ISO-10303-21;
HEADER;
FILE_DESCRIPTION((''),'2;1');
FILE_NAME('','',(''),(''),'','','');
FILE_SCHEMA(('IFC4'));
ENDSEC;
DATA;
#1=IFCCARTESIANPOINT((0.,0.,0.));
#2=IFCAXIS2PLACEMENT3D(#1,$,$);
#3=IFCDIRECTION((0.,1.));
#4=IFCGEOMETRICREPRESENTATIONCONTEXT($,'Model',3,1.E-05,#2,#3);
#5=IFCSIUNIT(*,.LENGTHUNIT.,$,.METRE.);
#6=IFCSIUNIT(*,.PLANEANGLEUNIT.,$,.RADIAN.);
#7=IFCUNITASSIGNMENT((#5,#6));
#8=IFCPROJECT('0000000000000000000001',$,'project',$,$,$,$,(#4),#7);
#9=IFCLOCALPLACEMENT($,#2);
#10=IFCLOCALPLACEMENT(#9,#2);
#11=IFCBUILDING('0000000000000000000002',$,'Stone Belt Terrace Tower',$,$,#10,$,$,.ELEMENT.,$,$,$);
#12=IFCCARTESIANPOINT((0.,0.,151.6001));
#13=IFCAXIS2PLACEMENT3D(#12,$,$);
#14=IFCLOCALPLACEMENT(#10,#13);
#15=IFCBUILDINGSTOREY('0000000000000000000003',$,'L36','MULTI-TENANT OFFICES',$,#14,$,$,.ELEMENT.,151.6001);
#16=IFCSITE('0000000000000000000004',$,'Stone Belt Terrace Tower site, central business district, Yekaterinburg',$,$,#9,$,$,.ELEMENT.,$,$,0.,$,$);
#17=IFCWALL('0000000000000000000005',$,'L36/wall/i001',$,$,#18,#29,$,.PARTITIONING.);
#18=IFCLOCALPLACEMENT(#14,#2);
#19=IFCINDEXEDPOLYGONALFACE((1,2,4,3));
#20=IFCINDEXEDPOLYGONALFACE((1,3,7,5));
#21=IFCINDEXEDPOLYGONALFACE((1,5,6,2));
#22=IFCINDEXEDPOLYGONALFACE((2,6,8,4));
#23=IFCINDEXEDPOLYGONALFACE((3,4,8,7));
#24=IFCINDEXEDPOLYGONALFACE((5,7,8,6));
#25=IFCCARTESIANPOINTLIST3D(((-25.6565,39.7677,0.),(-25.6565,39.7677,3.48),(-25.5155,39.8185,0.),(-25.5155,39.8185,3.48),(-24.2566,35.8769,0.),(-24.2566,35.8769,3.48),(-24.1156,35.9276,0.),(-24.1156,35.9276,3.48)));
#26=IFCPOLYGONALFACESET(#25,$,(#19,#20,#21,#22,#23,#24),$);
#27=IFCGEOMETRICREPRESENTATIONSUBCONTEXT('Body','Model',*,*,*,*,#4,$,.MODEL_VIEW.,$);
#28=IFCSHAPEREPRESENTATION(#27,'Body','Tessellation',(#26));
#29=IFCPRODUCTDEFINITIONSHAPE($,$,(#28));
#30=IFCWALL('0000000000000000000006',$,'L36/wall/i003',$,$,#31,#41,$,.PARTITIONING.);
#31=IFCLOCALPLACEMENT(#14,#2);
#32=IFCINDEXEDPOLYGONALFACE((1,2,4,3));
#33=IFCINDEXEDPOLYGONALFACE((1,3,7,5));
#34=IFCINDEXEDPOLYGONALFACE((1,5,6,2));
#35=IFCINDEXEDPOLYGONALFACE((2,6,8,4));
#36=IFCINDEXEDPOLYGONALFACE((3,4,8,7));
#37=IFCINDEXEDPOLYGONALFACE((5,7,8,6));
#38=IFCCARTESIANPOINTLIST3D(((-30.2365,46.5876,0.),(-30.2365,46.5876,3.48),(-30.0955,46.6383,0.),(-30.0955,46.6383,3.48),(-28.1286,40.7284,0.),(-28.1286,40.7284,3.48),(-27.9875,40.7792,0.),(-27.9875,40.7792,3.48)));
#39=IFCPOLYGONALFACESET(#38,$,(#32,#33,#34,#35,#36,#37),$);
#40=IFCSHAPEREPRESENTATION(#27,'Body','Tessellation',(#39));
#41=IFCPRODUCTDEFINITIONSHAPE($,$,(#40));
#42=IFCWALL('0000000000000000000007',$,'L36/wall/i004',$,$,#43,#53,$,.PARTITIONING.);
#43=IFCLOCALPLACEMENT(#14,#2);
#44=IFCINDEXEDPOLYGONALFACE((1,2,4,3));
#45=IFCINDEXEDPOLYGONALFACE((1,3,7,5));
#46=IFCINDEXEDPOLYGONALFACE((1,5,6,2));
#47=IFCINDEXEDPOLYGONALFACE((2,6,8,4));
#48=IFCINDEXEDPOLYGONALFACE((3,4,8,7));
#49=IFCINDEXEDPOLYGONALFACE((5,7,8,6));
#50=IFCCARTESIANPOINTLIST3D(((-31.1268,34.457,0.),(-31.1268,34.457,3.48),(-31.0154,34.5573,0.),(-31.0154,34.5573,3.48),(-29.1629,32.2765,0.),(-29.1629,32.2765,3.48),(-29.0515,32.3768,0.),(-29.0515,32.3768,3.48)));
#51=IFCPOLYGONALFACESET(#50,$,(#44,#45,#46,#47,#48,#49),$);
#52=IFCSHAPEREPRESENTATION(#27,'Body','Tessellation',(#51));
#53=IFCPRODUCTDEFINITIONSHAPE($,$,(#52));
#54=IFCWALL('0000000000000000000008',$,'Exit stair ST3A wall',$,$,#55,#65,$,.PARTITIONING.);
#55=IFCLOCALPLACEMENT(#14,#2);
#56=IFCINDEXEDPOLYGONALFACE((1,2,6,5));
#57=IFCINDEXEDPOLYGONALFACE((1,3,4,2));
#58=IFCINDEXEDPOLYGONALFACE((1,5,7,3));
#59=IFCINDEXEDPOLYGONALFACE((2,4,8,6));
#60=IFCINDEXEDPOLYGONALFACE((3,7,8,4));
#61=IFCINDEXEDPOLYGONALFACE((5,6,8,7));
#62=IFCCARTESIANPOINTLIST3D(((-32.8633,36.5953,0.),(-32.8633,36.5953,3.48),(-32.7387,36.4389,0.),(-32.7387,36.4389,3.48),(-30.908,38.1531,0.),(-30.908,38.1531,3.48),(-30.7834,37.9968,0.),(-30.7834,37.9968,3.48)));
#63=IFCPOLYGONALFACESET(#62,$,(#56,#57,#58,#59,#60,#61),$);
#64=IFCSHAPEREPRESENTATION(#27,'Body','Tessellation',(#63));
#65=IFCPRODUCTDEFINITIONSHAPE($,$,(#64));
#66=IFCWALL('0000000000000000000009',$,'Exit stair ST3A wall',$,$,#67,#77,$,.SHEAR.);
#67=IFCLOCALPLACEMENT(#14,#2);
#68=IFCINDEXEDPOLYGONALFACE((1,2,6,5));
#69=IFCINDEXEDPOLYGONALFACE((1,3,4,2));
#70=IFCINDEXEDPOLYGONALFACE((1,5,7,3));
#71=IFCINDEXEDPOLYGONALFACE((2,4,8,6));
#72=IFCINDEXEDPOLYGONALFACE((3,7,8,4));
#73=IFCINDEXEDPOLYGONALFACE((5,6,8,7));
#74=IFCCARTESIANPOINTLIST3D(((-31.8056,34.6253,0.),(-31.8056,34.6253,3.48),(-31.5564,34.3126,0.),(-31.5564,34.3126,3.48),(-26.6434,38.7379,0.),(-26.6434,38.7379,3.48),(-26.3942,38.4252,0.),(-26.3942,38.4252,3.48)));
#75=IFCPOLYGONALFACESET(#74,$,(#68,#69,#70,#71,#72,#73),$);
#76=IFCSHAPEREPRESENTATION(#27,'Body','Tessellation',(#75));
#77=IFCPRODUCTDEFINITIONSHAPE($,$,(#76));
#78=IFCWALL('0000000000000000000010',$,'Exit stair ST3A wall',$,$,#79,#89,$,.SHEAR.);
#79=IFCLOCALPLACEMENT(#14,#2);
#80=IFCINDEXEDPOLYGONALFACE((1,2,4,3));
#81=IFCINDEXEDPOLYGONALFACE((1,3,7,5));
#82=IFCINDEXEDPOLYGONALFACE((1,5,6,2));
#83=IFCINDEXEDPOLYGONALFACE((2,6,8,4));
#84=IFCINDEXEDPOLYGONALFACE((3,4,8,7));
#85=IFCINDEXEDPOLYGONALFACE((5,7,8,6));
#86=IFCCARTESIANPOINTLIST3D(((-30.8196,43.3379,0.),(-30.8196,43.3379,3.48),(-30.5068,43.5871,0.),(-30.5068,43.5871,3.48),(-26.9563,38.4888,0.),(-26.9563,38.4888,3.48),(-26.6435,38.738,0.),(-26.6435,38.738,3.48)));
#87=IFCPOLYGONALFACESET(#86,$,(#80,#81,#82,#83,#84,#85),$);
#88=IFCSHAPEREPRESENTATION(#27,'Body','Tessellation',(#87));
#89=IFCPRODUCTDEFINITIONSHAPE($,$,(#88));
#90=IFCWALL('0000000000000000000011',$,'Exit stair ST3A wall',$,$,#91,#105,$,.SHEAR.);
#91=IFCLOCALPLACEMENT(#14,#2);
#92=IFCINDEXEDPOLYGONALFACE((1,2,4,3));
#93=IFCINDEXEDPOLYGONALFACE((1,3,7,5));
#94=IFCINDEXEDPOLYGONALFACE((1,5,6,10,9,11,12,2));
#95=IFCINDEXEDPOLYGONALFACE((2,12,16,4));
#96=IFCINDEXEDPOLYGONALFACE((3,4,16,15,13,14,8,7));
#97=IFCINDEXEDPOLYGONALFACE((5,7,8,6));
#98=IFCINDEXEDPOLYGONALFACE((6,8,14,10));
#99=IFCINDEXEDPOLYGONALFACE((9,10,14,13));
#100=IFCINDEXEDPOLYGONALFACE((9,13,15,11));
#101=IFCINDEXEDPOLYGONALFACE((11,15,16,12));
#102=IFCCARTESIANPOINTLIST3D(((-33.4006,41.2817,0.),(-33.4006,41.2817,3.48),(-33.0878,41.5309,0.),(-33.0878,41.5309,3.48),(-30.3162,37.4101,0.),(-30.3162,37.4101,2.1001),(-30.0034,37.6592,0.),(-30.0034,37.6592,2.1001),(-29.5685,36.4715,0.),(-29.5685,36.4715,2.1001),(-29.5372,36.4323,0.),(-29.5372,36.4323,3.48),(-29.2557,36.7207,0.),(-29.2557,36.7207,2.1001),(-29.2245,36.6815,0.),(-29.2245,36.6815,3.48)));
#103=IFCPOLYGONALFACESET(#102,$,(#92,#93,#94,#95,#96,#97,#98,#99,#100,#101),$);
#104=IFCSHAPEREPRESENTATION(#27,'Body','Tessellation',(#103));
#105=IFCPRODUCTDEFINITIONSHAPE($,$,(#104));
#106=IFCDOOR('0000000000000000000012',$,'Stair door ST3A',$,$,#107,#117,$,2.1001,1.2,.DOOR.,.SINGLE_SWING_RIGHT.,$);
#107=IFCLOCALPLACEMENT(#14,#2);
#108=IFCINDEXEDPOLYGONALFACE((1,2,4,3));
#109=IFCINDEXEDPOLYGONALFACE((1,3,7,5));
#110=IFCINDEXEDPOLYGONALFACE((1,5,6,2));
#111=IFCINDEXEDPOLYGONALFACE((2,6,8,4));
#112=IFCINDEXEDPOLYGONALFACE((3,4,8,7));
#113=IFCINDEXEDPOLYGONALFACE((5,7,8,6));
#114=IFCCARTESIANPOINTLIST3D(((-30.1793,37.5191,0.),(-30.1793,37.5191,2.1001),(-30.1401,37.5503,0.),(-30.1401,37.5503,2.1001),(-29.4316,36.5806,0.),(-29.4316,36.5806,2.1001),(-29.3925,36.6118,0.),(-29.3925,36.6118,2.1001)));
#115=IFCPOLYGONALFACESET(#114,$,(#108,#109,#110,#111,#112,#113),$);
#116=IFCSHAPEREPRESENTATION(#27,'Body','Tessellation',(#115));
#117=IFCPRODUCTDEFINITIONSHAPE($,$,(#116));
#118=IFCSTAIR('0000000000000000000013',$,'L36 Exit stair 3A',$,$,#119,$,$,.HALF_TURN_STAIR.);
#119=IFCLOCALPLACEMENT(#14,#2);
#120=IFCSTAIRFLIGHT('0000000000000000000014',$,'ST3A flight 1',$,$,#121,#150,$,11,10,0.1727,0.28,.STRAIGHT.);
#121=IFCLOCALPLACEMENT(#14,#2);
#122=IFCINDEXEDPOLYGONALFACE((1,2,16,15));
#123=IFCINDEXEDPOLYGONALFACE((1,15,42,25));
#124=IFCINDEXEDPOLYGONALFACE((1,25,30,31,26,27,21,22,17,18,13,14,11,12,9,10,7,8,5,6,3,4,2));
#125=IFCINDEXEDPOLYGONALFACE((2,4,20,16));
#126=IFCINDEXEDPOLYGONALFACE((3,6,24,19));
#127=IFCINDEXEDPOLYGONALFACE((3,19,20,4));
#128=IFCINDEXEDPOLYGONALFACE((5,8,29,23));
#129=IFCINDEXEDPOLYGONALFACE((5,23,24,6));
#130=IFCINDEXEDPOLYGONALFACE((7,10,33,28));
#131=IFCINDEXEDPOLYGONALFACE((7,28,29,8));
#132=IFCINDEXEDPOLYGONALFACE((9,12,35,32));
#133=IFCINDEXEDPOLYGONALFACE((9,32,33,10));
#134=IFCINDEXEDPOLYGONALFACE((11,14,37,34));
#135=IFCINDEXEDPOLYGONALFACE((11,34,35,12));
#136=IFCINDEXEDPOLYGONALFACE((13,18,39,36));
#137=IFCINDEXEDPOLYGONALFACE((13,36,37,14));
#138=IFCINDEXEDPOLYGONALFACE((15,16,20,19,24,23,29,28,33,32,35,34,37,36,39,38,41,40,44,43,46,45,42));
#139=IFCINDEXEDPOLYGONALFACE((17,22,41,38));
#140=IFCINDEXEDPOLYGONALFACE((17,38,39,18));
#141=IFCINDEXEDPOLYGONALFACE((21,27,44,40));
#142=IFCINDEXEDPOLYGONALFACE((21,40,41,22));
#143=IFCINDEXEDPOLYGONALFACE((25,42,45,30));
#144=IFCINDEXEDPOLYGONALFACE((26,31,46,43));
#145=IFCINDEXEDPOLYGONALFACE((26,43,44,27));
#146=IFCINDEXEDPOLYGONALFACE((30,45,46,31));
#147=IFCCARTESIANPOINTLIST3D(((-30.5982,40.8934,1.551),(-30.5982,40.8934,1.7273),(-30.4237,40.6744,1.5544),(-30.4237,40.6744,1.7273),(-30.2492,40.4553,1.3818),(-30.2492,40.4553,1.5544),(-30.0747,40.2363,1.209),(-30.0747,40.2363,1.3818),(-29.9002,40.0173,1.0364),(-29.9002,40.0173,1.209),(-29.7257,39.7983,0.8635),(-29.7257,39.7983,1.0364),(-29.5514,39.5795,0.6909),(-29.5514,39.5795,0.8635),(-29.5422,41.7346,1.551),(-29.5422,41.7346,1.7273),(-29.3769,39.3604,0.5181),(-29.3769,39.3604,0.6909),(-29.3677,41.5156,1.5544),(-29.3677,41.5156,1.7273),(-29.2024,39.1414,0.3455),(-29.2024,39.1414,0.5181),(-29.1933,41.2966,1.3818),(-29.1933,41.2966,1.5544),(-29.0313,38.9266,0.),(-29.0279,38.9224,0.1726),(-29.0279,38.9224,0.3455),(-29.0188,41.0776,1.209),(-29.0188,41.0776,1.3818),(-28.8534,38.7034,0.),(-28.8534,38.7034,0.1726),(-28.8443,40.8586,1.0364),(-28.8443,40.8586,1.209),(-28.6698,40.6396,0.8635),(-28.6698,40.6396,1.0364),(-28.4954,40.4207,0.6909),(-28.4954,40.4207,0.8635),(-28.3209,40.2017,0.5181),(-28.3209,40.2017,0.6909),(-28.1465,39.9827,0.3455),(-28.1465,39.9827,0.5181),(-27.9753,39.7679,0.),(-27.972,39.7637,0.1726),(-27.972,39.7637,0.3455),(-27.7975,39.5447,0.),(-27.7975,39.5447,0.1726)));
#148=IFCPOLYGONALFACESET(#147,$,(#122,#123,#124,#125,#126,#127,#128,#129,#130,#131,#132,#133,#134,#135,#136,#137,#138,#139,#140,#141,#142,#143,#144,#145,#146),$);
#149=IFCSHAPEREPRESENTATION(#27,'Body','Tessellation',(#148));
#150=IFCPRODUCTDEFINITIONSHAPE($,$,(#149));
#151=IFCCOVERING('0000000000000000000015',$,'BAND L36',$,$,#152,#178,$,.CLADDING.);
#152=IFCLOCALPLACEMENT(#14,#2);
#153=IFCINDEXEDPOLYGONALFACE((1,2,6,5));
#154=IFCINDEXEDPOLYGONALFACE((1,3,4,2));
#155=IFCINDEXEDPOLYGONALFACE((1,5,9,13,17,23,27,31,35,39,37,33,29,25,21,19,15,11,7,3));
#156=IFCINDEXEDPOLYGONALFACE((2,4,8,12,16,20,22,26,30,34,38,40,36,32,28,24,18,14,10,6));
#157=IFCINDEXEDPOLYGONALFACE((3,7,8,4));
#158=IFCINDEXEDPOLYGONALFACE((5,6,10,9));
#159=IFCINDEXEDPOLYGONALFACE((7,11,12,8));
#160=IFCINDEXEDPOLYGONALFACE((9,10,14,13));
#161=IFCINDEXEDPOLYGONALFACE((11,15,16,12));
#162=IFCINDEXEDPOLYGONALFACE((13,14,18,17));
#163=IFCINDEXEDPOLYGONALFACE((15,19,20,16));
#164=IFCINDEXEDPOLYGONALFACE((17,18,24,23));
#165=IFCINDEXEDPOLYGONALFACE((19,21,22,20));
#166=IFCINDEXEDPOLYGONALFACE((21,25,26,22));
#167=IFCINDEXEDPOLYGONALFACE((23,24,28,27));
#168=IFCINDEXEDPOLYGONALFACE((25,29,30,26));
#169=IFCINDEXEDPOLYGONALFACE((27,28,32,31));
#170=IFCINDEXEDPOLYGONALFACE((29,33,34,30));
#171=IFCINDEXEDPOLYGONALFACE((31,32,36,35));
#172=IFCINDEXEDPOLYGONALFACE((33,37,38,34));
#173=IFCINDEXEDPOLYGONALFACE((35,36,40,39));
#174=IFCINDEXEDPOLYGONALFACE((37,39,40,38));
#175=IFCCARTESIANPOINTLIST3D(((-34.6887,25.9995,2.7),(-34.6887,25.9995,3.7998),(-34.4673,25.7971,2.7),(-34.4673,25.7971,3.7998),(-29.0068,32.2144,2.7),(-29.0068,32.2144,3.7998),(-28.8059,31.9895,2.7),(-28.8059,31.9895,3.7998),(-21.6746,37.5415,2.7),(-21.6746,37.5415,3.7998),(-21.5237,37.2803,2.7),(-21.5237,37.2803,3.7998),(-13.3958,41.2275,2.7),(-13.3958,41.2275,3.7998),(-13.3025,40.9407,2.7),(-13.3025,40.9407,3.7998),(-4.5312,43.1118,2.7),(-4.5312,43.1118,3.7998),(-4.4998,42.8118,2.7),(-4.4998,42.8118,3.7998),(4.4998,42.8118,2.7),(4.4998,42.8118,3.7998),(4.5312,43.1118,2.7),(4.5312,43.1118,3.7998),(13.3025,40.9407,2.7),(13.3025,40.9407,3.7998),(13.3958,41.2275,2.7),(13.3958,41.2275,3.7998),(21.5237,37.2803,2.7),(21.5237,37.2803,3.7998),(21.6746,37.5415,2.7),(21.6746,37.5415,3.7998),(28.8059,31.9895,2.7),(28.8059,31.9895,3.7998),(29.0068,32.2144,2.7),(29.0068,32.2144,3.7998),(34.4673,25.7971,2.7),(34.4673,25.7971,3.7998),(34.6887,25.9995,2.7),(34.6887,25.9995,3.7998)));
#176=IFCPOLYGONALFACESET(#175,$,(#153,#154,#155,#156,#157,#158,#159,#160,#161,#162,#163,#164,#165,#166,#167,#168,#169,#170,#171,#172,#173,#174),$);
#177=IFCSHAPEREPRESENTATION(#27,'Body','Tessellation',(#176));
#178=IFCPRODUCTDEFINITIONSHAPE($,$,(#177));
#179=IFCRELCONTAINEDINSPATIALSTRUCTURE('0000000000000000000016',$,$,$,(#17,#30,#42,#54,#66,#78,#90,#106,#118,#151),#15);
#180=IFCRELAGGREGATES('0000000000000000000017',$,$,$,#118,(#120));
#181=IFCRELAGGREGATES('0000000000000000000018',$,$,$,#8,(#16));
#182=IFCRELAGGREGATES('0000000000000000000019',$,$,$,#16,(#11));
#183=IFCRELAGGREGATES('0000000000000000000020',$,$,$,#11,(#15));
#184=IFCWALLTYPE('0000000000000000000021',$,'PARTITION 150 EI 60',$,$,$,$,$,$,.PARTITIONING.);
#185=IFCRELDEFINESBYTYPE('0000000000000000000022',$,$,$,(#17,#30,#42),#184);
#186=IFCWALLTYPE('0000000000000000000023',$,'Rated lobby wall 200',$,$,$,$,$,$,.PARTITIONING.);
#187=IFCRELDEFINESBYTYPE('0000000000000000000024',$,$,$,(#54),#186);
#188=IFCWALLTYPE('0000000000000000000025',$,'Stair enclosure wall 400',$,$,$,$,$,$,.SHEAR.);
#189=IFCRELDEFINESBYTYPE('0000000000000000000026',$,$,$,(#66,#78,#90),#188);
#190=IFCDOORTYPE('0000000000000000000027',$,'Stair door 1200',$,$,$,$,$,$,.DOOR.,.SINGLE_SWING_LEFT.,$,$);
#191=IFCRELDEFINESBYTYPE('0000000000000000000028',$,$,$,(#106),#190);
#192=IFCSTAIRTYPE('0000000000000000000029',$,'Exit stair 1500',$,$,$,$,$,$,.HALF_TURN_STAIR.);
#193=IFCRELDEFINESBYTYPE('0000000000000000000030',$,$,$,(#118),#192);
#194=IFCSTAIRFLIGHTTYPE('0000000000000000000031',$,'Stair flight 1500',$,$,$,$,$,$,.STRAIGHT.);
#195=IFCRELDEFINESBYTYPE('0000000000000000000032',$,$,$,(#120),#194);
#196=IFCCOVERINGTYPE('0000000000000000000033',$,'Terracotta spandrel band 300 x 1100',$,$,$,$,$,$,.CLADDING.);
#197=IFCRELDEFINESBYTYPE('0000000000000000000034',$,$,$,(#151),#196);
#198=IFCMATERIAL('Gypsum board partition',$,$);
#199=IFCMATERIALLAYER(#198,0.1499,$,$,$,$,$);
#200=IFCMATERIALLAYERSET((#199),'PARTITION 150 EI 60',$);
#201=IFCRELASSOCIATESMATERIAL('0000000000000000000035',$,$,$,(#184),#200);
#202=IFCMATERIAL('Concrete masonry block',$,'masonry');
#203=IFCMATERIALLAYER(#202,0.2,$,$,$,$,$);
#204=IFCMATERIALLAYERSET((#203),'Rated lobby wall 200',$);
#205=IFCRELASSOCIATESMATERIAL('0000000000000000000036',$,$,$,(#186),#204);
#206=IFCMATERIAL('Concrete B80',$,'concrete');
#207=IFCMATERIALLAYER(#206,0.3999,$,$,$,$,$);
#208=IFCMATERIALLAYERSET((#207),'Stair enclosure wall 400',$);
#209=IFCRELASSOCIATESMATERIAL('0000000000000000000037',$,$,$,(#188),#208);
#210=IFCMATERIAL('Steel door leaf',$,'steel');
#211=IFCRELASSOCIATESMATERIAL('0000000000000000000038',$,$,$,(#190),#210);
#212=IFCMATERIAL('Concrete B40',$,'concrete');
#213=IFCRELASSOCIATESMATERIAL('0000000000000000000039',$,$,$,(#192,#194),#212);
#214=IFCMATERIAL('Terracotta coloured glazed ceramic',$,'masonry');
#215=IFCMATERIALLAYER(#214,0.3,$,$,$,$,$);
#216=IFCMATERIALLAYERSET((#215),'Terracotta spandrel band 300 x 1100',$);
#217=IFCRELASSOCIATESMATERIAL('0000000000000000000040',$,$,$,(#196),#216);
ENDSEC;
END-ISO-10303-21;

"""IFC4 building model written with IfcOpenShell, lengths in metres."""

from ifc_helpers import new_model, si_unit, direction, frame, frame_2d, origin, place, context, subcontext, project, spatial, polyline, rectangle, outline, extrude, material, layer, layer_set, type_object, element, fill, aggregate, save


model = new_model("IFC4")

# Units and contexts
model_context = context("Model", 3, precision=1e-05, world=origin(), true_north=direction((0.0, 1.0)))
body_context = subcontext(model_context, "Body", "Model", "MODEL_VIEW")
ifc_project = project(units=[si_unit("LENGTHUNIT", "METRE"), si_unit("PLANEANGLEUNIT", "RADIAN")], contexts=[model_context])

# Site, building, storey
site_placement = place(None, origin())
site = spatial("IfcSite", under=ifc_project, at=site_placement, Name="Stone Belt Terrace Tower site, central business district, Yekaterinburg", CompositionType="ELEMENT", RefElevation=0.0)
building_placement = place(site_placement, origin())
building = spatial("IfcBuilding", under=site, at=building_placement, Name="Stone Belt Terrace Tower", CompositionType="ELEMENT")
storey_placement = place(building_placement, frame((0.0, 0.0, 151.6001)))
storey = spatial("IfcBuildingStorey", under=building, at=storey_placement, Name="L36", Description="MULTI-TENANT OFFICES", CompositionType="ELEMENT", Elevation=151.6001)

# Shared definitions
ifc_material_1 = material(Name="Concrete B80", Category="concrete")

# Shared definitions
ifc_material_2 = material(Name="Concrete B40", Category="concrete")

# Walls
ifc_material_3 = material(Name="Gypsum board partition")
ifc_layer_1 = layer(ifc_material_3, 0.1499)
ifc_layer_set_1 = layer_set([ifc_layer_1], Name="PARTITION 150 EI 60")
wall_type_1 = type_object("IfcWallType", Name="PARTITION 150 EI 60", PredefinedType="PARTITIONING", material=ifc_layer_set_1)
wall_1_placement = place(storey_placement, frame((-25.5859, 39.793, 0.0), z_axis=(0.0, 0.0, 1.0), x_axis=(0.338546, -0.94095, 0.0)))
element("IfcWall", 1, at=wall_1_placement, inside=storey, type_object=wall_type_1, Name="L36/wall/i001", PredefinedType="PARTITIONING", context=body_context, shape_type="SweptSolid", body=[
    extrude(rectangle(XDim=4.135, YDim=0.1499, at=frame_2d((2.0674, 0.0))), origin(), (0.0, 0.0, 1.0), 3.48),
])
wall_2_placement = place(storey_placement, frame((-28.0581, 40.7539, 0.0), z_axis=(0.0, 0.0, 1.0), x_axis=(-0.338524, 0.940958, 0.0)))
element("IfcWall", 2, at=wall_2_placement, inside=storey, type_object=wall_type_1, Name="L36/wall/i003", PredefinedType="PARTITIONING", context=body_context, shape_type="SweptSolid", body=[
    extrude(rectangle(XDim=6.2268, YDim=0.1499, at=frame_2d((3.1133, 0.0))), origin(), (0.0, 0.0, 1.0), 3.48),
])
wall_3_placement = place(storey_placement, frame((-29.1072, 32.3267, 0.0), z_axis=(0.0, 0.0, 1.0), x_axis=(-0.669245, 0.743042, 0.0)))
element("IfcWall", 3, at=wall_3_placement, inside=storey, type_object=wall_type_1, Name="L36/wall/i004", PredefinedType="PARTITIONING", context=body_context, shape_type="SweptSolid", body=[
    extrude(rectangle(XDim=2.9346, YDim=0.1499, at=frame_2d((1.4673, 0.0))), origin(), (0.0, 0.0, 1.0), 3.48),
])
ifc_material_4 = material(Name="Concrete masonry block", Category="masonry")
ifc_layer_2 = layer(ifc_material_4, 0.2)
ifc_layer_set_2 = layer_set([ifc_layer_2], Name="Rated lobby wall 200")
wall_type_2 = type_object("IfcWallType", Name="Rated lobby wall 200", PredefinedType="PARTITIONING", material=ifc_layer_set_2)
wall_4_placement = place(storey_placement, frame((-30.8457, 38.075, 0.0), z_axis=(0.0, 0.0, 1.0), x_axis=(-0.782115, -0.623134, 0.0)))
element("IfcWall", 4, at=wall_4_placement, inside=storey, type_object=wall_type_2, Name="Exit stair ST3A wall", PredefinedType="PARTITIONING", context=body_context, shape_type="SweptSolid", body=[
    extrude(rectangle(XDim=2.5, YDim=0.2, at=frame_2d((1.25, 0.0))), origin(), (0.0, 0.0, 1.0), 3.48),
])
ifc_layer_3 = layer(ifc_material_1, 0.3999)
ifc_layer_set_3 = layer_set([ifc_layer_3], Name="Stair enclosure wall 400")
wall_type_3 = type_object("IfcWallType", Name="Stair enclosure wall 400", PredefinedType="SHEAR", material=ifc_layer_set_3)
wall_5_placement = place(storey_placement, frame((-26.5188, 38.5815, 0.0), z_axis=(0.0, 0.0, 1.0), x_axis=(-0.782134, -0.62311, 0.0)))
element("IfcWall", 5, at=wall_5_placement, inside=storey, type_object=wall_type_3, Name="Exit stair ST3A wall", PredefinedType="SHEAR", context=body_context, shape_type="SweptSolid", body=[
    extrude(rectangle(XDim=6.6001, YDim=0.3999, at=frame_2d((3.3, 0.0))), origin(), (0.0, 0.0, 1.0), 3.48),
])
wall_6_placement = place(storey_placement, frame((-26.7998, 38.6133, 0.0), z_axis=(0.0, 0.0, 1.0), x_axis=(-0.623119, 0.782127, 0.0)))
element("IfcWall", 6, at=wall_6_placement, inside=storey, type_object=wall_type_3, Name="Exit stair ST3A wall", PredefinedType="SHEAR", context=body_context, shape_type="SweptSolid", body=[
    extrude(rectangle(XDim=6.2, YDim=0.3999, at=frame_2d((3.1001, 0.0))), origin(), (0.0, 0.0, 1.0), 3.48),
])

# Wall, opening, door
wall_7_placement = place(storey_placement, frame((-29.3809, 36.5569, 0.0), z_axis=(0.0, 0.0, 1.0), x_axis=(-0.623099, 0.782143, 0.0)))
wall_7 = element("IfcWall", 7, at=wall_7_placement, inside=storey, type_object=wall_type_3, Name="Exit stair ST3A wall", PredefinedType="SHEAR", context=body_context, shape_type="SweptSolid", body=[
    extrude(rectangle(XDim=6.2002, YDim=0.3999, at=frame_2d((3.1001, 0.0))), origin(), (0.0, 0.0, 1.0), 3.48),
])
opening_placement = place(wall_7_placement, frame((0.05, 0.0, 0.0)))
opening = element("IfcOpeningElement", 8, at=opening_placement, cuts=wall_7, PredefinedType="OPENING", context=body_context, shape_type="SweptSolid", body=[
    extrude(rectangle(XDim=1.2, YDim=2.1001, at=frame_2d((0.6001, 1.05))), frame((0.0, 0.21, 0.0), z_axis=(0.0, -1.0, 0.0), x_axis=(1.0, 0.0, 0.0)), (0.0, 0.0, 1.0), 0.4199),
])
ifc_material_5 = material(Name="Steel door leaf", Category="steel")
door_type = type_object("IfcDoorType", Name="Stair door 1200", OperationType="SINGLE_SWING_LEFT", PredefinedType="DOOR", material=ifc_material_5)
door_placement = place(opening_placement, origin())
door = element("IfcDoor", 9, at=door_placement, inside=storey, type_object=door_type, Name="Stair door ST3A", OperationType="SINGLE_SWING_RIGHT", OverallHeight=2.1001, OverallWidth=1.2, PredefinedType="DOOR", context=body_context, shape_type="SweptSolid", body=[
    extrude(rectangle(XDim=1.2, YDim=2.1001, at=frame_2d((0.6001, 1.05))), frame((0.0, 0.0249, 0.0), z_axis=(0.0, -1.0, 0.0), x_axis=(1.0, 0.0, 0.0)), (0.0, 0.0, 1.0), 0.05),
])
fill(opening, door)

# Stair, stair flight
stair_type = type_object("IfcStairType", Name="Exit stair 1500", PredefinedType="HALF_TURN_STAIR", material=ifc_material_2)
stair_placement = place(storey_placement, origin())
stair = element("IfcStair", 10, at=stair_placement, inside=storey, type_object=stair_type, Name="L36 Exit stair 3A", PredefinedType="HALF_TURN_STAIR")
stair_flight_type = type_object("IfcStairFlightType", Name="Stair flight 1500", PredefinedType="STRAIGHT", material=ifc_material_2)
stair_flight_placement = place(storey_placement, frame((-28.3254, 39.124, 0.0), z_axis=(0.0, 0.0, 1.0), x_axis=(-0.623121, 0.782125, 0.0)))
stair_flight = element("IfcStairFlight", 11, at=stair_flight_placement, type_object=stair_flight_type, Name="ST3A flight 1", NumberOfRisers=11, NumberOfTreads=10, PredefinedType="STRAIGHT", RiserHeight=0.1727, TreadLength=0.28, context=body_context, shape_type="SweptSolid", body=[
    extrude(outline(polyline([(0.0, 0.0), (0.0, 0.1726), (0.28, 0.1726), (0.28, 0.3455), (0.5601, 0.3455), (0.5601, 0.5181), (0.8401, 0.5181), (0.8401, 0.6909), (1.1201, 0.6909), (1.1201, 0.8635), (1.3999, 0.8635), (1.3999, 1.0364), (1.6799, 1.0364), (1.6799, 1.209), (1.96, 1.209), (1.96, 1.3818), (2.24, 1.3818), (2.24, 1.5544), (2.52, 1.5544), (2.52, 1.7273), (2.8, 1.7273), (2.8, 1.8999), (2.8, 1.551), (0.2854, 0.0), (0.0, 0.0)])), frame((0.0, 0.675, 0.0), z_axis=(0.0, -1.0, 0.0), x_axis=(1.0, 0.0, 0.0)), (0.0, 0.0, 1.0), 1.3501),
])
aggregate(stair, [stair_flight])

# Covering
ifc_material_6 = material(Name="Terracotta coloured glazed ceramic", Category="masonry")
ifc_layer_4 = layer(ifc_material_6, 0.3)
ifc_layer_set_4 = layer_set([ifc_layer_4], Name="Terracotta spandrel band 300 x 1100")
covering_type = type_object("IfcCoveringType", Name="Terracotta spandrel band 300 x 1100", PredefinedType="CLADDING", material=ifc_layer_set_4)
covering_placement = place(storey_placement, frame((0.0, 0.0, 2.7)))
element("IfcCovering", 12, at=covering_placement, inside=storey, type_object=covering_type, Name="BAND L36", PredefinedType="CLADDING", context=body_context, shape_type="SweptSolid", body=[
    extrude(outline(polyline([(-34.6887, 25.9995), (-29.0068, 32.2144), (-21.6746, 37.5415), (-13.3958, 41.2275), (-4.5312, 43.1118), (4.5312, 43.1118), (13.3958, 41.2275), (21.6746, 37.5415), (29.0068, 32.2144), (34.6887, 25.9995), (34.4673, 25.7971), (28.8059, 31.9895), (21.5237, 37.2803), (13.3025, 40.9407), (4.4998, 42.8118), (-4.4998, 42.8118), (-13.3025, 40.9407), (-21.5237, 37.2803), (-28.8059, 31.9895), (-34.4673, 25.7971), (-34.6887, 25.9995)])), origin(), (0.0, 0.0, 1.0), 1.0999),
])

save(model, "model.ifc")
